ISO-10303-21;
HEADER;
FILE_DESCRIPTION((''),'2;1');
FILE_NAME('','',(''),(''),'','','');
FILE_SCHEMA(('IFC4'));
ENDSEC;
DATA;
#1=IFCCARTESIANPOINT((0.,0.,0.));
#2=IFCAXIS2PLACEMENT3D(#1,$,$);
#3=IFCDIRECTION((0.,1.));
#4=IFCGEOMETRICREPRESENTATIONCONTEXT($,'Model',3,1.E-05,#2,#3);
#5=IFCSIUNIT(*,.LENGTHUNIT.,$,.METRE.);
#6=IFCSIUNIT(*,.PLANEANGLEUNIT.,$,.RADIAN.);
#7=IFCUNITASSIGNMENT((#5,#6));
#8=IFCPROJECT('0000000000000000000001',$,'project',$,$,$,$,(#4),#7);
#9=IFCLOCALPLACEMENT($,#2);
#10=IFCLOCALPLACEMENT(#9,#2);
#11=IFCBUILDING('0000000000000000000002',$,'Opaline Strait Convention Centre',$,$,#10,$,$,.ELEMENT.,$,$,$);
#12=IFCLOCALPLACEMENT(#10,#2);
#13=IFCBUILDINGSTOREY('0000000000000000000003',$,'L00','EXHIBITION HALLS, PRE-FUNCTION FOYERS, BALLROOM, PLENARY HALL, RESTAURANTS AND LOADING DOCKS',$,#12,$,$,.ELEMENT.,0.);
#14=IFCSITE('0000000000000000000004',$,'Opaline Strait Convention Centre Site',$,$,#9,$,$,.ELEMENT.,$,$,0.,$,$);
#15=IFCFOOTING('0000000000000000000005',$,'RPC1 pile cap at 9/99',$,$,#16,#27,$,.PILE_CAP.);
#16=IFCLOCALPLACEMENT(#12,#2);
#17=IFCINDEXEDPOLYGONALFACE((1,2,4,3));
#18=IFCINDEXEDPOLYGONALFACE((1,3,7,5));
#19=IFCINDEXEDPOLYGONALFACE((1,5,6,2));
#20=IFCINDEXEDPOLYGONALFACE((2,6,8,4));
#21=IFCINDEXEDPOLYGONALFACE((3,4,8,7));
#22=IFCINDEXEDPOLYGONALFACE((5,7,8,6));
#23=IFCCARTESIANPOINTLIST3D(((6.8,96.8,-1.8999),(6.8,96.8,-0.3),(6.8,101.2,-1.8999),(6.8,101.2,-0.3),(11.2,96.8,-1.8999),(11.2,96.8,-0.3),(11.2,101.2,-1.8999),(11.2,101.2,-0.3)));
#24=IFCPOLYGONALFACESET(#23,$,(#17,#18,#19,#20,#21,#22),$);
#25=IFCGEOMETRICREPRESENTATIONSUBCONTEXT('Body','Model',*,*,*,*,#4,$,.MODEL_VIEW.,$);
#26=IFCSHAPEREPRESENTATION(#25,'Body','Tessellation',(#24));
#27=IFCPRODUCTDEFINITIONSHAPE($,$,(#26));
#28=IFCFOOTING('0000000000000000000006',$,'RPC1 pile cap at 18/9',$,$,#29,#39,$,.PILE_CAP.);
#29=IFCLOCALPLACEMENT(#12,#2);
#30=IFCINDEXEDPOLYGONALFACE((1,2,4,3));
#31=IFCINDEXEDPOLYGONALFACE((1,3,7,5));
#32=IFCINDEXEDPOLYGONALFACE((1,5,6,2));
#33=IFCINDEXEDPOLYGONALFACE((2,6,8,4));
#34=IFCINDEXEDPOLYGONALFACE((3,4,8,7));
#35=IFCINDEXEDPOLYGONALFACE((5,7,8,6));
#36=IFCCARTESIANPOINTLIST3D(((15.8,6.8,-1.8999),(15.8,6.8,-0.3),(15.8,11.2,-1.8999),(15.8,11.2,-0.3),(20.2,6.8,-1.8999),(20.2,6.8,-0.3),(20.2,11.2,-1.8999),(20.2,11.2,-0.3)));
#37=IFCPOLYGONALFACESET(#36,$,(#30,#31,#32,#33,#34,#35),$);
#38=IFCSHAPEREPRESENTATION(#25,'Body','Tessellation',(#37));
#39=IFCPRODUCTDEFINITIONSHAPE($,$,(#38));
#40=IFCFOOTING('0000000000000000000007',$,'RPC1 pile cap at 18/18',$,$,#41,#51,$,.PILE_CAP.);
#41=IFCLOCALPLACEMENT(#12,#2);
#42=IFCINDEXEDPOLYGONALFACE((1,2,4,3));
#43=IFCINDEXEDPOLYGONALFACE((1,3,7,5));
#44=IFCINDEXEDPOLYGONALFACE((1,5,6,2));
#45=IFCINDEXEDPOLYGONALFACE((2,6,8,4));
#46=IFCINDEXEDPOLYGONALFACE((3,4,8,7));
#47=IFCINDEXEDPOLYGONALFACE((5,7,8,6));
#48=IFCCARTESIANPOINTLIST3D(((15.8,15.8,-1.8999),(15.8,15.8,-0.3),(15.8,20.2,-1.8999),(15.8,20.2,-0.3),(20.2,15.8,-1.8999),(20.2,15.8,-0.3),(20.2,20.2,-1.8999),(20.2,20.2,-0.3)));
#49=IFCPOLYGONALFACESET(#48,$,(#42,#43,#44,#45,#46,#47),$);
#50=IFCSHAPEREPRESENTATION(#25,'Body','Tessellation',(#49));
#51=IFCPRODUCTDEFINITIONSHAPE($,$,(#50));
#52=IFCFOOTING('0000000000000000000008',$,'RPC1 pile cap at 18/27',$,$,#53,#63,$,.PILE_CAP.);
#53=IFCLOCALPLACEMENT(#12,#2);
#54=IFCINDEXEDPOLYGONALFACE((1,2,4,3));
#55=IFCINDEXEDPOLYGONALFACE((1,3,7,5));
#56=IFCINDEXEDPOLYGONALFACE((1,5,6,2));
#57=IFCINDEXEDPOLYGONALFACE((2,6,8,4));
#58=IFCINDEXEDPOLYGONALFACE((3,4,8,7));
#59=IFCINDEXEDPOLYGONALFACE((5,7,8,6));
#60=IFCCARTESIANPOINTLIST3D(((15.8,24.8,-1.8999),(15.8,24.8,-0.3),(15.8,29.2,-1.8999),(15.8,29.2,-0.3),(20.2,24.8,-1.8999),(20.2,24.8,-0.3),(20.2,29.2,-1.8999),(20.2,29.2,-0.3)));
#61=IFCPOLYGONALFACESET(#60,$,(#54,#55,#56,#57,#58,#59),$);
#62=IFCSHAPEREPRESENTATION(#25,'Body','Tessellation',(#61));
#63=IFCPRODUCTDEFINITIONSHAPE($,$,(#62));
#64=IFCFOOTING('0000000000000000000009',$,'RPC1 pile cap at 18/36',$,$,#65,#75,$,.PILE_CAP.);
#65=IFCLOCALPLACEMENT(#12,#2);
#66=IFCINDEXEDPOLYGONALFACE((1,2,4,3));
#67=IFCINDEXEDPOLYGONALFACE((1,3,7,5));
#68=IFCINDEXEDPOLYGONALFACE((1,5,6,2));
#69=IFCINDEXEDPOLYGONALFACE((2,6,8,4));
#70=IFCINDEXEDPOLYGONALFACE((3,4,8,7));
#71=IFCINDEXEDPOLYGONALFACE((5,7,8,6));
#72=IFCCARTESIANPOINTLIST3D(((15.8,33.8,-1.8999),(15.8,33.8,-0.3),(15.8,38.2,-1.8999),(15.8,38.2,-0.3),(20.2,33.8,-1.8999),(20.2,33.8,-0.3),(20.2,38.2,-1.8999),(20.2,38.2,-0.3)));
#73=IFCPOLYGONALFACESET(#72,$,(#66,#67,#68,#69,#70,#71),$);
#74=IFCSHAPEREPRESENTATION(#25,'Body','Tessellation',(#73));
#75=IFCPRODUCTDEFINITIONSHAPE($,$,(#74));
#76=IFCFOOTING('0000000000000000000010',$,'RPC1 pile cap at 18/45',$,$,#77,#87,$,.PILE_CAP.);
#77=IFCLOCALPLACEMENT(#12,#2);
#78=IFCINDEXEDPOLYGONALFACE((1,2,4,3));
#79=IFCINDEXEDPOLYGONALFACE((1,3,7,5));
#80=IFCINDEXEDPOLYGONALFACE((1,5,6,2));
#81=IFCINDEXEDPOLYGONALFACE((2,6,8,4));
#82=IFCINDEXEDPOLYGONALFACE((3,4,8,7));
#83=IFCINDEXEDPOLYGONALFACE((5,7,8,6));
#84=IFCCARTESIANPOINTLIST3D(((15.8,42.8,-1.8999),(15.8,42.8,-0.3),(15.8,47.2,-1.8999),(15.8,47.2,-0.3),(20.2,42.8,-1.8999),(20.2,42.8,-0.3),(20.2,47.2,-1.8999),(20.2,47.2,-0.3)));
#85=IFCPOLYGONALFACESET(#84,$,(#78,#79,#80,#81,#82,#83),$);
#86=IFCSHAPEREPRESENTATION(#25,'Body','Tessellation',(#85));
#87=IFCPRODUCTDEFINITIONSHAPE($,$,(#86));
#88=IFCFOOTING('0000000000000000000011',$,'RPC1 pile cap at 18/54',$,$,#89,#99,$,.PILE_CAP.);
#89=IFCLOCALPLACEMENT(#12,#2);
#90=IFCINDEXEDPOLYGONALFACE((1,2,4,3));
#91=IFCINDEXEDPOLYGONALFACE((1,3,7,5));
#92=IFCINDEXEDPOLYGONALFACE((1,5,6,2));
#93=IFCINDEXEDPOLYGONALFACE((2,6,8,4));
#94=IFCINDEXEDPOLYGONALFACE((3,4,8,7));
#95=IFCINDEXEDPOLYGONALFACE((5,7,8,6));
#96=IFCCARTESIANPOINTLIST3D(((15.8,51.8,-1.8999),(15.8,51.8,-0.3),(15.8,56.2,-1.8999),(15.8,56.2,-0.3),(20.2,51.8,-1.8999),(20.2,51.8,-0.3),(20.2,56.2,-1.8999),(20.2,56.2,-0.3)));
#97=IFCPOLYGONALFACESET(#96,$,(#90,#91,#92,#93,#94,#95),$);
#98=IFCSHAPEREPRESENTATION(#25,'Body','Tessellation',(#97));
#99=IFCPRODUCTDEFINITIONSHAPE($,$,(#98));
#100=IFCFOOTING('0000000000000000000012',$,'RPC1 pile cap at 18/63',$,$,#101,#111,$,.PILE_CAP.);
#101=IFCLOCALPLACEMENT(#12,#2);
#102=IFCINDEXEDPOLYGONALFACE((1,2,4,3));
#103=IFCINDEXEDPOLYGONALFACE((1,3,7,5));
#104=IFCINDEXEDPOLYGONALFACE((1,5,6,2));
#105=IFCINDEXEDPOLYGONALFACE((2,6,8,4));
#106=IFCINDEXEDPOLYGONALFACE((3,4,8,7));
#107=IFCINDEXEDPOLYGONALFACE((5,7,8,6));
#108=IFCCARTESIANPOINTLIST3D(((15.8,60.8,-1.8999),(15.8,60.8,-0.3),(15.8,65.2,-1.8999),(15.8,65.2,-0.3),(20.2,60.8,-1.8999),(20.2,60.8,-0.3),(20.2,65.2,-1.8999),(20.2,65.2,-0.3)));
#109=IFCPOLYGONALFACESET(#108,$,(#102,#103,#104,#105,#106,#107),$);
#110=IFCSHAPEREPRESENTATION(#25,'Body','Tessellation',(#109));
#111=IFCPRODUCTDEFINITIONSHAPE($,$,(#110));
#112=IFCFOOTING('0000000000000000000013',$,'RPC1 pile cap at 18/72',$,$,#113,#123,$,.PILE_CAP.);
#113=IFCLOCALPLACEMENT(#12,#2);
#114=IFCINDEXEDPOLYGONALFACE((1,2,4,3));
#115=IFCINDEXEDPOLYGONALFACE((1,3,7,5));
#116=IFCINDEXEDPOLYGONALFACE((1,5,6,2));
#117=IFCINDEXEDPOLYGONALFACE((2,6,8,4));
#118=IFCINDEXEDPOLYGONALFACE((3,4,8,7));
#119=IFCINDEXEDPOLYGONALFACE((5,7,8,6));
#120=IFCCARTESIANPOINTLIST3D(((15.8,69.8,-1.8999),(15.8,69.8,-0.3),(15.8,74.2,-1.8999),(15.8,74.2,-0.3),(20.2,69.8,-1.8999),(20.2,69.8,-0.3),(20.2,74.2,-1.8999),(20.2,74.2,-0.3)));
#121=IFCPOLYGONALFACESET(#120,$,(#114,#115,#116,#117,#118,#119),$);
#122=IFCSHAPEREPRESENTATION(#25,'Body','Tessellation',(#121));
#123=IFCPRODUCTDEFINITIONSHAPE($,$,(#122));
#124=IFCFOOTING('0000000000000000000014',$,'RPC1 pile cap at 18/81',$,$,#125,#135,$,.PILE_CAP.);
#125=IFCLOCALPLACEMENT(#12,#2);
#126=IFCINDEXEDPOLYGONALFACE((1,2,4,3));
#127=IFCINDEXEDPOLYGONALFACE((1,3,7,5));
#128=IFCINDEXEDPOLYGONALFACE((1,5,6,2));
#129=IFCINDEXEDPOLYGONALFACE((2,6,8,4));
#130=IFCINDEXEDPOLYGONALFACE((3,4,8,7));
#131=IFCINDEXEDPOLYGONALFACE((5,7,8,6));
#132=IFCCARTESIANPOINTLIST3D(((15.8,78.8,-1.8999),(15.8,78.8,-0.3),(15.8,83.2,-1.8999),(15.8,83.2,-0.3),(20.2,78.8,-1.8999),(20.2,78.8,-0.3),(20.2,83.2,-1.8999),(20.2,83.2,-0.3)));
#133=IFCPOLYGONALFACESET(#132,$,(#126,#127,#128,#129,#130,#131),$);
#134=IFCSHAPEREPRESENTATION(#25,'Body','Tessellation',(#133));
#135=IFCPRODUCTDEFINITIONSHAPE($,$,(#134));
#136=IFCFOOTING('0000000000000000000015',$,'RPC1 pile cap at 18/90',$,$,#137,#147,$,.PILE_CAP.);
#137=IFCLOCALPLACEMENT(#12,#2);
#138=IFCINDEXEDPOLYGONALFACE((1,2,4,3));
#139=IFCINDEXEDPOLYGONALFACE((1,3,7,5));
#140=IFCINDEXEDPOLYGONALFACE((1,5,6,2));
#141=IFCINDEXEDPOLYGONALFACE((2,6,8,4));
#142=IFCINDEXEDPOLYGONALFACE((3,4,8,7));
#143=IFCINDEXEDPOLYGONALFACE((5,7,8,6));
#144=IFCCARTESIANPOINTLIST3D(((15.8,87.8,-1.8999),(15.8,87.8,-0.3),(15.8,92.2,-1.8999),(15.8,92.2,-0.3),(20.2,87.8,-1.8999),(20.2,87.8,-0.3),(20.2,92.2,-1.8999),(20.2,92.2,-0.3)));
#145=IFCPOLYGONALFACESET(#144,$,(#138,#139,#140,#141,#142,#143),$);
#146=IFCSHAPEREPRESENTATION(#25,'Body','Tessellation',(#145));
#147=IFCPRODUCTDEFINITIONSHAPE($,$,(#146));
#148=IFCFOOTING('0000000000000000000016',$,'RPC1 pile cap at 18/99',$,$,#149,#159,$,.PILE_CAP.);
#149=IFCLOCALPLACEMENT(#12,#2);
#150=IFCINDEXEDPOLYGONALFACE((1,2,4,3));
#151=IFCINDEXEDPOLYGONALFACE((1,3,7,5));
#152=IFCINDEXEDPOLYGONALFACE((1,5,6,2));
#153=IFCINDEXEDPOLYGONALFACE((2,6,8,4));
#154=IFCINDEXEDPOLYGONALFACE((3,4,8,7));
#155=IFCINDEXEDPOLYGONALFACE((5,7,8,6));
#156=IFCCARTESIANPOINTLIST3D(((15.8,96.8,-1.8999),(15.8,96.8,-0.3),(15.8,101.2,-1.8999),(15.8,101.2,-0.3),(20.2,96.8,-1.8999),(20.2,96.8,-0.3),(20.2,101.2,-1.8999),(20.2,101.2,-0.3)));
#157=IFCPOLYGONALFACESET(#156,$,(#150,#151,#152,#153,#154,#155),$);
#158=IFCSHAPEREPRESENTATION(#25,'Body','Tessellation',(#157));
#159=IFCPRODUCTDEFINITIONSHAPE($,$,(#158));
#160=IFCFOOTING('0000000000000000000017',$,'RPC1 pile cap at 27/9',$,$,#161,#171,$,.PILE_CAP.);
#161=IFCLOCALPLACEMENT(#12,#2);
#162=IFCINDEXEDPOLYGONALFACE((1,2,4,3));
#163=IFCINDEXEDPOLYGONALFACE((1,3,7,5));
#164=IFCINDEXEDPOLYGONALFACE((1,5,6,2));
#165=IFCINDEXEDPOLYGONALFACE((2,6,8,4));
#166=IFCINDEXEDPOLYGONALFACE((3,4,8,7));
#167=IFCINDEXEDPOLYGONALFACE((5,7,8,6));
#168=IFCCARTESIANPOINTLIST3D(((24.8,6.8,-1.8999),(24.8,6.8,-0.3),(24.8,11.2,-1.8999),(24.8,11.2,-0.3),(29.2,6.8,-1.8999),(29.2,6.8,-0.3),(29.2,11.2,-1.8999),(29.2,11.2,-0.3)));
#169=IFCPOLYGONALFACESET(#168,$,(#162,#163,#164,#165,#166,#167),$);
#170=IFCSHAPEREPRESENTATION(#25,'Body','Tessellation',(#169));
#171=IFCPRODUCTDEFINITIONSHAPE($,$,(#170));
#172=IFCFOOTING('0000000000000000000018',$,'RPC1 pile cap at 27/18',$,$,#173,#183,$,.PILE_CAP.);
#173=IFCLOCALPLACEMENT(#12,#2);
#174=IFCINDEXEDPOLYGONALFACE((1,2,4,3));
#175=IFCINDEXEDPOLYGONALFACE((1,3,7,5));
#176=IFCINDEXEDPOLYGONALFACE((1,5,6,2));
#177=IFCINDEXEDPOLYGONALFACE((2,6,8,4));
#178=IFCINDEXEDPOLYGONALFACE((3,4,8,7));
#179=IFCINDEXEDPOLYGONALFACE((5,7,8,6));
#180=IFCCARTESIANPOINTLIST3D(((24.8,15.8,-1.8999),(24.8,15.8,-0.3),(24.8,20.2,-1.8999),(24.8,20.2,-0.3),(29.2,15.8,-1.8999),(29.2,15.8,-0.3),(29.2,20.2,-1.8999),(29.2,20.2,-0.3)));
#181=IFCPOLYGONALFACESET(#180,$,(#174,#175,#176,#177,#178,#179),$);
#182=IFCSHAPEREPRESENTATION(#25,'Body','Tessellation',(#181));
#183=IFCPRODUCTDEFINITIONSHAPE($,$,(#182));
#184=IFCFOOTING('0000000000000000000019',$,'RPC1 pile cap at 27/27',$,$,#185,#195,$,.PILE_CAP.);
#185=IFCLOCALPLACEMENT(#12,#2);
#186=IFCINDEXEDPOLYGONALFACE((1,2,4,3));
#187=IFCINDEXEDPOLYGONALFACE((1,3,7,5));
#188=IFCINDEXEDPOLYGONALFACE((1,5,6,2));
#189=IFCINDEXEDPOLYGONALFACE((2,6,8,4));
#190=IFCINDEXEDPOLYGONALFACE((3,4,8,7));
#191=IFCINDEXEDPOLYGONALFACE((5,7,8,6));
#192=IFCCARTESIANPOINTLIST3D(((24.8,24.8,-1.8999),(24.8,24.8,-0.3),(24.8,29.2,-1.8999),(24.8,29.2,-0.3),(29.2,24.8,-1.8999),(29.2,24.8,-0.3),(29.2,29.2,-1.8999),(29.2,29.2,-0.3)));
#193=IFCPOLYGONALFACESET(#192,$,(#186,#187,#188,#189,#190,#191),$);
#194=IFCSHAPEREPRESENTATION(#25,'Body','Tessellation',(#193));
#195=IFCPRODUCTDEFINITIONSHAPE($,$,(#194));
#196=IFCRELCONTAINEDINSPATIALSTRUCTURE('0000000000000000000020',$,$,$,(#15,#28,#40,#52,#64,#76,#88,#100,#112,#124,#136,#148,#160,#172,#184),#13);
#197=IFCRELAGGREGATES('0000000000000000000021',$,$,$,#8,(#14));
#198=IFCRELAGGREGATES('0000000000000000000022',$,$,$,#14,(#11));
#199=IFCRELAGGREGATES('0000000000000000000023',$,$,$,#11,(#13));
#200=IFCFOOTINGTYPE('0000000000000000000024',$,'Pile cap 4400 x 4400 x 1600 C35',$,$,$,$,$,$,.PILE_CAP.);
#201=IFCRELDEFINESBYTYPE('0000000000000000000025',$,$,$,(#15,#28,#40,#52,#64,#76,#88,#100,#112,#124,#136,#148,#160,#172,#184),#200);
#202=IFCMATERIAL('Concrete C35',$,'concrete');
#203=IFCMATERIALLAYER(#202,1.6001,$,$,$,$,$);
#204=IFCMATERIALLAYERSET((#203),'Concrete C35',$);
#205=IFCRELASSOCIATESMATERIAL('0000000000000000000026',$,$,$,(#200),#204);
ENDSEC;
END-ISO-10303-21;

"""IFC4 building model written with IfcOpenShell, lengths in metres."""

from ifc_helpers import new_model, si_unit, direction, frame, origin, place, context, subcontext, project, spatial, polyline, outline, extrude, material, layer, layer_set, type_object, element, save


model = new_model("IFC4")

# Units and contexts
model_context = context("Model", 3, precision=1e-05, world=origin(), true_north=direction((0.0, 1.0)))
body_context = subcontext(model_context, "Body", "Model", "MODEL_VIEW")
ifc_project = project(units=[si_unit("LENGTHUNIT", "METRE"), si_unit("PLANEANGLEUNIT", "RADIAN")], contexts=[model_context])

# Site, building, storey
site_placement = place(None, origin())
site = spatial("IfcSite", under=ifc_project, at=site_placement, Name="Opaline Strait Convention Centre Site", CompositionType="ELEMENT", RefElevation=0.0)
building_placement = place(site_placement, origin())
building = spatial("IfcBuilding", under=site, at=building_placement, Name="Opaline Strait Convention Centre", CompositionType="ELEMENT")
storey_placement = place(building_placement, origin())
storey = spatial("IfcBuildingStorey", under=building, at=storey_placement, Name="L00", Description="EXHIBITION HALLS, PRE-FUNCTION FOYERS, BALLROOM, PLENARY HALL, RESTAURANTS AND LOADING DOCKS", CompositionType="ELEMENT", Elevation=0.0)

# Footings
ifc_material = material(Name="Concrete C35", Category="concrete")
ifc_layer = layer(ifc_material, 1.6001)
ifc_layer_set = layer_set([ifc_layer], Name="Concrete C35")
footing_type = type_object("IfcFootingType", Name="Pile cap 4400 x 4400 x 1600 C35", PredefinedType="PILE_CAP", material=ifc_layer_set)
footing_1_placement = place(storey_placement, frame((0.0, 0.0, -1.8999)))
element("IfcFooting", 1, at=footing_1_placement, inside=storey, type_object=footing_type, Name="RPC1 pile cap at 9/99", PredefinedType="PILE_CAP", context=body_context, shape_type="SweptSolid", body=[
    extrude(outline(polyline([(6.8, 96.8), (11.2, 96.8), (11.2, 101.2), (6.8, 101.2), (6.8, 96.8)])), origin(), (0.0, 0.0, 1.0), 1.5999),
])
footing_2_placement = place(storey_placement, frame((0.0, 0.0, -1.8999)))
element("IfcFooting", 2, at=footing_2_placement, inside=storey, type_object=footing_type, Name="RPC1 pile cap at 18/9", PredefinedType="PILE_CAP", context=body_context, shape_type="SweptSolid", body=[
    extrude(outline(polyline([(15.8, 6.8), (20.2, 6.8), (20.2, 11.2), (15.8, 11.2), (15.8, 6.8)])), origin(), (0.0, 0.0, 1.0), 1.5999),
])
footing_3_placement = place(storey_placement, frame((0.0, 0.0, -1.8999)))
element("IfcFooting", 3, at=footing_3_placement, inside=storey, type_object=footing_type, Name="RPC1 pile cap at 18/18", PredefinedType="PILE_CAP", context=body_context, shape_type="SweptSolid", body=[
    extrude(outline(polyline([(15.8, 15.8), (20.2, 15.8), (20.2, 20.2), (15.8, 20.2), (15.8, 15.8)])), origin(), (0.0, 0.0, 1.0), 1.5999),
])
footing_4_placement = place(storey_placement, frame((0.0, 0.0, -1.8999)))
element("IfcFooting", 4, at=footing_4_placement, inside=storey, type_object=footing_type, Name="RPC1 pile cap at 18/27", PredefinedType="PILE_CAP", context=body_context, shape_type="SweptSolid", body=[
    extrude(outline(polyline([(15.8, 24.8), (20.2, 24.8), (20.2, 29.2), (15.8, 29.2), (15.8, 24.8)])), origin(), (0.0, 0.0, 1.0), 1.5999),
])
footing_5_placement = place(storey_placement, frame((0.0, 0.0, -1.8999)))
element("IfcFooting", 5, at=footing_5_placement, inside=storey, type_object=footing_type, Name="RPC1 pile cap at 18/36", PredefinedType="PILE_CAP", context=body_context, shape_type="SweptSolid", body=[
    extrude(outline(polyline([(15.8, 33.8), (20.2, 33.8), (20.2, 38.2), (15.8, 38.2), (15.8, 33.8)])), origin(), (0.0, 0.0, 1.0), 1.5999),
])
footing_6_placement = place(storey_placement, frame((0.0, 0.0, -1.8999)))
element("IfcFooting", 6, at=footing_6_placement, inside=storey, type_object=footing_type, Name="RPC1 pile cap at 18/45", PredefinedType="PILE_CAP", context=body_context, shape_type="SweptSolid", body=[
    extrude(outline(polyline([(15.8, 42.8), (20.2, 42.8), (20.2, 47.2), (15.8, 47.2), (15.8, 42.8)])), origin(), (0.0, 0.0, 1.0), 1.5999),
])
footing_7_placement = place(storey_placement, frame((0.0, 0.0, -1.8999)))
element("IfcFooting", 7, at=footing_7_placement, inside=storey, type_object=footing_type, Name="RPC1 pile cap at 18/54", PredefinedType="PILE_CAP", context=body_context, shape_type="SweptSolid", body=[
    extrude(outline(polyline([(15.8, 51.8), (20.2, 51.8), (20.2, 56.2), (15.8, 56.2), (15.8, 51.8)])), origin(), (0.0, 0.0, 1.0), 1.5999),
])
footing_8_placement = place(storey_placement, frame((0.0, 0.0, -1.8999)))
element("IfcFooting", 8, at=footing_8_placement, inside=storey, type_object=footing_type, Name="RPC1 pile cap at 18/63", PredefinedType="PILE_CAP", context=body_context, shape_type="SweptSolid", body=[
    extrude(outline(polyline([(15.8, 60.8), (20.2, 60.8), (20.2, 65.2), (15.8, 65.2), (15.8, 60.8)])), origin(), (0.0, 0.0, 1.0), 1.5999),
])
footing_9_placement = place(storey_placement, frame((0.0, 0.0, -1.8999)))
element("IfcFooting", 9, at=footing_9_placement, inside=storey, type_object=footing_type, Name="RPC1 pile cap at 18/72", PredefinedType="PILE_CAP", context=body_context, shape_type="SweptSolid", body=[
    extrude(outline(polyline([(15.8, 69.8), (20.2, 69.8), (20.2, 74.2), (15.8, 74.2), (15.8, 69.8)])), origin(), (0.0, 0.0, 1.0), 1.5999),
])
footing_10_placement = place(storey_placement, frame((0.0, 0.0, -1.8999)))
element("IfcFooting", 10, at=footing_10_placement, inside=storey, type_object=footing_type, Name="RPC1 pile cap at 18/81", PredefinedType="PILE_CAP", context=body_context, shape_type="SweptSolid", body=[
    extrude(outline(polyline([(15.8, 78.8), (20.2, 78.8), (20.2, 83.2), (15.8, 83.2), (15.8, 78.8)])), origin(), (0.0, 0.0, 1.0), 1.5999),
])
footing_11_placement = place(storey_placement, frame((0.0, 0.0, -1.8999)))
element("IfcFooting", 11, at=footing_11_placement, inside=storey, type_object=footing_type, Name="RPC1 pile cap at 18/90", PredefinedType="PILE_CAP", context=body_context, shape_type="SweptSolid", body=[
    extrude(outline(polyline([(15.8, 87.8), (20.2, 87.8), (20.2, 92.2), (15.8, 92.2), (15.8, 87.8)])), origin(), (0.0, 0.0, 1.0), 1.5999),
])
footing_12_placement = place(storey_placement, frame((0.0, 0.0, -1.8999)))
element("IfcFooting", 12, at=footing_12_placement, inside=storey, type_object=footing_type, Name="RPC1 pile cap at 18/99", PredefinedType="PILE_CAP", context=body_context, shape_type="SweptSolid", body=[
    extrude(outline(polyline([(15.8, 96.8), (20.2, 96.8), (20.2, 101.2), (15.8, 101.2), (15.8, 96.8)])), origin(), (0.0, 0.0, 1.0), 1.5999),
])
footing_13_placement = place(storey_placement, frame((0.0, 0.0, -1.8999)))
element("IfcFooting", 13, at=footing_13_placement, inside=storey, type_object=footing_type, Name="RPC1 pile cap at 27/9", PredefinedType="PILE_CAP", context=body_context, shape_type="SweptSolid", body=[
    extrude(outline(polyline([(24.8, 6.8), (29.2, 6.8), (29.2, 11.2), (24.8, 11.2), (24.8, 6.8)])), origin(), (0.0, 0.0, 1.0), 1.5999),
])
footing_14_placement = place(storey_placement, frame((0.0, 0.0, -1.8999)))
element("IfcFooting", 14, at=footing_14_placement, inside=storey, type_object=footing_type, Name="RPC1 pile cap at 27/18", PredefinedType="PILE_CAP", context=body_context, shape_type="SweptSolid", body=[
    extrude(outline(polyline([(24.8, 15.8), (29.2, 15.8), (29.2, 20.2), (24.8, 20.2), (24.8, 15.8)])), origin(), (0.0, 0.0, 1.0), 1.5999),
])
footing_15_placement = place(storey_placement, frame((0.0, 0.0, -1.8999)))
element("IfcFooting", 15, at=footing_15_placement, inside=storey, type_object=footing_type, Name="RPC1 pile cap at 27/27", PredefinedType="PILE_CAP", context=body_context, shape_type="SweptSolid", body=[
    extrude(outline(polyline([(24.8, 24.8), (29.2, 24.8), (29.2, 29.2), (24.8, 29.2), (24.8, 24.8)])), origin(), (0.0, 0.0, 1.0), 1.5999),
])

save(model, "model.ifc")
